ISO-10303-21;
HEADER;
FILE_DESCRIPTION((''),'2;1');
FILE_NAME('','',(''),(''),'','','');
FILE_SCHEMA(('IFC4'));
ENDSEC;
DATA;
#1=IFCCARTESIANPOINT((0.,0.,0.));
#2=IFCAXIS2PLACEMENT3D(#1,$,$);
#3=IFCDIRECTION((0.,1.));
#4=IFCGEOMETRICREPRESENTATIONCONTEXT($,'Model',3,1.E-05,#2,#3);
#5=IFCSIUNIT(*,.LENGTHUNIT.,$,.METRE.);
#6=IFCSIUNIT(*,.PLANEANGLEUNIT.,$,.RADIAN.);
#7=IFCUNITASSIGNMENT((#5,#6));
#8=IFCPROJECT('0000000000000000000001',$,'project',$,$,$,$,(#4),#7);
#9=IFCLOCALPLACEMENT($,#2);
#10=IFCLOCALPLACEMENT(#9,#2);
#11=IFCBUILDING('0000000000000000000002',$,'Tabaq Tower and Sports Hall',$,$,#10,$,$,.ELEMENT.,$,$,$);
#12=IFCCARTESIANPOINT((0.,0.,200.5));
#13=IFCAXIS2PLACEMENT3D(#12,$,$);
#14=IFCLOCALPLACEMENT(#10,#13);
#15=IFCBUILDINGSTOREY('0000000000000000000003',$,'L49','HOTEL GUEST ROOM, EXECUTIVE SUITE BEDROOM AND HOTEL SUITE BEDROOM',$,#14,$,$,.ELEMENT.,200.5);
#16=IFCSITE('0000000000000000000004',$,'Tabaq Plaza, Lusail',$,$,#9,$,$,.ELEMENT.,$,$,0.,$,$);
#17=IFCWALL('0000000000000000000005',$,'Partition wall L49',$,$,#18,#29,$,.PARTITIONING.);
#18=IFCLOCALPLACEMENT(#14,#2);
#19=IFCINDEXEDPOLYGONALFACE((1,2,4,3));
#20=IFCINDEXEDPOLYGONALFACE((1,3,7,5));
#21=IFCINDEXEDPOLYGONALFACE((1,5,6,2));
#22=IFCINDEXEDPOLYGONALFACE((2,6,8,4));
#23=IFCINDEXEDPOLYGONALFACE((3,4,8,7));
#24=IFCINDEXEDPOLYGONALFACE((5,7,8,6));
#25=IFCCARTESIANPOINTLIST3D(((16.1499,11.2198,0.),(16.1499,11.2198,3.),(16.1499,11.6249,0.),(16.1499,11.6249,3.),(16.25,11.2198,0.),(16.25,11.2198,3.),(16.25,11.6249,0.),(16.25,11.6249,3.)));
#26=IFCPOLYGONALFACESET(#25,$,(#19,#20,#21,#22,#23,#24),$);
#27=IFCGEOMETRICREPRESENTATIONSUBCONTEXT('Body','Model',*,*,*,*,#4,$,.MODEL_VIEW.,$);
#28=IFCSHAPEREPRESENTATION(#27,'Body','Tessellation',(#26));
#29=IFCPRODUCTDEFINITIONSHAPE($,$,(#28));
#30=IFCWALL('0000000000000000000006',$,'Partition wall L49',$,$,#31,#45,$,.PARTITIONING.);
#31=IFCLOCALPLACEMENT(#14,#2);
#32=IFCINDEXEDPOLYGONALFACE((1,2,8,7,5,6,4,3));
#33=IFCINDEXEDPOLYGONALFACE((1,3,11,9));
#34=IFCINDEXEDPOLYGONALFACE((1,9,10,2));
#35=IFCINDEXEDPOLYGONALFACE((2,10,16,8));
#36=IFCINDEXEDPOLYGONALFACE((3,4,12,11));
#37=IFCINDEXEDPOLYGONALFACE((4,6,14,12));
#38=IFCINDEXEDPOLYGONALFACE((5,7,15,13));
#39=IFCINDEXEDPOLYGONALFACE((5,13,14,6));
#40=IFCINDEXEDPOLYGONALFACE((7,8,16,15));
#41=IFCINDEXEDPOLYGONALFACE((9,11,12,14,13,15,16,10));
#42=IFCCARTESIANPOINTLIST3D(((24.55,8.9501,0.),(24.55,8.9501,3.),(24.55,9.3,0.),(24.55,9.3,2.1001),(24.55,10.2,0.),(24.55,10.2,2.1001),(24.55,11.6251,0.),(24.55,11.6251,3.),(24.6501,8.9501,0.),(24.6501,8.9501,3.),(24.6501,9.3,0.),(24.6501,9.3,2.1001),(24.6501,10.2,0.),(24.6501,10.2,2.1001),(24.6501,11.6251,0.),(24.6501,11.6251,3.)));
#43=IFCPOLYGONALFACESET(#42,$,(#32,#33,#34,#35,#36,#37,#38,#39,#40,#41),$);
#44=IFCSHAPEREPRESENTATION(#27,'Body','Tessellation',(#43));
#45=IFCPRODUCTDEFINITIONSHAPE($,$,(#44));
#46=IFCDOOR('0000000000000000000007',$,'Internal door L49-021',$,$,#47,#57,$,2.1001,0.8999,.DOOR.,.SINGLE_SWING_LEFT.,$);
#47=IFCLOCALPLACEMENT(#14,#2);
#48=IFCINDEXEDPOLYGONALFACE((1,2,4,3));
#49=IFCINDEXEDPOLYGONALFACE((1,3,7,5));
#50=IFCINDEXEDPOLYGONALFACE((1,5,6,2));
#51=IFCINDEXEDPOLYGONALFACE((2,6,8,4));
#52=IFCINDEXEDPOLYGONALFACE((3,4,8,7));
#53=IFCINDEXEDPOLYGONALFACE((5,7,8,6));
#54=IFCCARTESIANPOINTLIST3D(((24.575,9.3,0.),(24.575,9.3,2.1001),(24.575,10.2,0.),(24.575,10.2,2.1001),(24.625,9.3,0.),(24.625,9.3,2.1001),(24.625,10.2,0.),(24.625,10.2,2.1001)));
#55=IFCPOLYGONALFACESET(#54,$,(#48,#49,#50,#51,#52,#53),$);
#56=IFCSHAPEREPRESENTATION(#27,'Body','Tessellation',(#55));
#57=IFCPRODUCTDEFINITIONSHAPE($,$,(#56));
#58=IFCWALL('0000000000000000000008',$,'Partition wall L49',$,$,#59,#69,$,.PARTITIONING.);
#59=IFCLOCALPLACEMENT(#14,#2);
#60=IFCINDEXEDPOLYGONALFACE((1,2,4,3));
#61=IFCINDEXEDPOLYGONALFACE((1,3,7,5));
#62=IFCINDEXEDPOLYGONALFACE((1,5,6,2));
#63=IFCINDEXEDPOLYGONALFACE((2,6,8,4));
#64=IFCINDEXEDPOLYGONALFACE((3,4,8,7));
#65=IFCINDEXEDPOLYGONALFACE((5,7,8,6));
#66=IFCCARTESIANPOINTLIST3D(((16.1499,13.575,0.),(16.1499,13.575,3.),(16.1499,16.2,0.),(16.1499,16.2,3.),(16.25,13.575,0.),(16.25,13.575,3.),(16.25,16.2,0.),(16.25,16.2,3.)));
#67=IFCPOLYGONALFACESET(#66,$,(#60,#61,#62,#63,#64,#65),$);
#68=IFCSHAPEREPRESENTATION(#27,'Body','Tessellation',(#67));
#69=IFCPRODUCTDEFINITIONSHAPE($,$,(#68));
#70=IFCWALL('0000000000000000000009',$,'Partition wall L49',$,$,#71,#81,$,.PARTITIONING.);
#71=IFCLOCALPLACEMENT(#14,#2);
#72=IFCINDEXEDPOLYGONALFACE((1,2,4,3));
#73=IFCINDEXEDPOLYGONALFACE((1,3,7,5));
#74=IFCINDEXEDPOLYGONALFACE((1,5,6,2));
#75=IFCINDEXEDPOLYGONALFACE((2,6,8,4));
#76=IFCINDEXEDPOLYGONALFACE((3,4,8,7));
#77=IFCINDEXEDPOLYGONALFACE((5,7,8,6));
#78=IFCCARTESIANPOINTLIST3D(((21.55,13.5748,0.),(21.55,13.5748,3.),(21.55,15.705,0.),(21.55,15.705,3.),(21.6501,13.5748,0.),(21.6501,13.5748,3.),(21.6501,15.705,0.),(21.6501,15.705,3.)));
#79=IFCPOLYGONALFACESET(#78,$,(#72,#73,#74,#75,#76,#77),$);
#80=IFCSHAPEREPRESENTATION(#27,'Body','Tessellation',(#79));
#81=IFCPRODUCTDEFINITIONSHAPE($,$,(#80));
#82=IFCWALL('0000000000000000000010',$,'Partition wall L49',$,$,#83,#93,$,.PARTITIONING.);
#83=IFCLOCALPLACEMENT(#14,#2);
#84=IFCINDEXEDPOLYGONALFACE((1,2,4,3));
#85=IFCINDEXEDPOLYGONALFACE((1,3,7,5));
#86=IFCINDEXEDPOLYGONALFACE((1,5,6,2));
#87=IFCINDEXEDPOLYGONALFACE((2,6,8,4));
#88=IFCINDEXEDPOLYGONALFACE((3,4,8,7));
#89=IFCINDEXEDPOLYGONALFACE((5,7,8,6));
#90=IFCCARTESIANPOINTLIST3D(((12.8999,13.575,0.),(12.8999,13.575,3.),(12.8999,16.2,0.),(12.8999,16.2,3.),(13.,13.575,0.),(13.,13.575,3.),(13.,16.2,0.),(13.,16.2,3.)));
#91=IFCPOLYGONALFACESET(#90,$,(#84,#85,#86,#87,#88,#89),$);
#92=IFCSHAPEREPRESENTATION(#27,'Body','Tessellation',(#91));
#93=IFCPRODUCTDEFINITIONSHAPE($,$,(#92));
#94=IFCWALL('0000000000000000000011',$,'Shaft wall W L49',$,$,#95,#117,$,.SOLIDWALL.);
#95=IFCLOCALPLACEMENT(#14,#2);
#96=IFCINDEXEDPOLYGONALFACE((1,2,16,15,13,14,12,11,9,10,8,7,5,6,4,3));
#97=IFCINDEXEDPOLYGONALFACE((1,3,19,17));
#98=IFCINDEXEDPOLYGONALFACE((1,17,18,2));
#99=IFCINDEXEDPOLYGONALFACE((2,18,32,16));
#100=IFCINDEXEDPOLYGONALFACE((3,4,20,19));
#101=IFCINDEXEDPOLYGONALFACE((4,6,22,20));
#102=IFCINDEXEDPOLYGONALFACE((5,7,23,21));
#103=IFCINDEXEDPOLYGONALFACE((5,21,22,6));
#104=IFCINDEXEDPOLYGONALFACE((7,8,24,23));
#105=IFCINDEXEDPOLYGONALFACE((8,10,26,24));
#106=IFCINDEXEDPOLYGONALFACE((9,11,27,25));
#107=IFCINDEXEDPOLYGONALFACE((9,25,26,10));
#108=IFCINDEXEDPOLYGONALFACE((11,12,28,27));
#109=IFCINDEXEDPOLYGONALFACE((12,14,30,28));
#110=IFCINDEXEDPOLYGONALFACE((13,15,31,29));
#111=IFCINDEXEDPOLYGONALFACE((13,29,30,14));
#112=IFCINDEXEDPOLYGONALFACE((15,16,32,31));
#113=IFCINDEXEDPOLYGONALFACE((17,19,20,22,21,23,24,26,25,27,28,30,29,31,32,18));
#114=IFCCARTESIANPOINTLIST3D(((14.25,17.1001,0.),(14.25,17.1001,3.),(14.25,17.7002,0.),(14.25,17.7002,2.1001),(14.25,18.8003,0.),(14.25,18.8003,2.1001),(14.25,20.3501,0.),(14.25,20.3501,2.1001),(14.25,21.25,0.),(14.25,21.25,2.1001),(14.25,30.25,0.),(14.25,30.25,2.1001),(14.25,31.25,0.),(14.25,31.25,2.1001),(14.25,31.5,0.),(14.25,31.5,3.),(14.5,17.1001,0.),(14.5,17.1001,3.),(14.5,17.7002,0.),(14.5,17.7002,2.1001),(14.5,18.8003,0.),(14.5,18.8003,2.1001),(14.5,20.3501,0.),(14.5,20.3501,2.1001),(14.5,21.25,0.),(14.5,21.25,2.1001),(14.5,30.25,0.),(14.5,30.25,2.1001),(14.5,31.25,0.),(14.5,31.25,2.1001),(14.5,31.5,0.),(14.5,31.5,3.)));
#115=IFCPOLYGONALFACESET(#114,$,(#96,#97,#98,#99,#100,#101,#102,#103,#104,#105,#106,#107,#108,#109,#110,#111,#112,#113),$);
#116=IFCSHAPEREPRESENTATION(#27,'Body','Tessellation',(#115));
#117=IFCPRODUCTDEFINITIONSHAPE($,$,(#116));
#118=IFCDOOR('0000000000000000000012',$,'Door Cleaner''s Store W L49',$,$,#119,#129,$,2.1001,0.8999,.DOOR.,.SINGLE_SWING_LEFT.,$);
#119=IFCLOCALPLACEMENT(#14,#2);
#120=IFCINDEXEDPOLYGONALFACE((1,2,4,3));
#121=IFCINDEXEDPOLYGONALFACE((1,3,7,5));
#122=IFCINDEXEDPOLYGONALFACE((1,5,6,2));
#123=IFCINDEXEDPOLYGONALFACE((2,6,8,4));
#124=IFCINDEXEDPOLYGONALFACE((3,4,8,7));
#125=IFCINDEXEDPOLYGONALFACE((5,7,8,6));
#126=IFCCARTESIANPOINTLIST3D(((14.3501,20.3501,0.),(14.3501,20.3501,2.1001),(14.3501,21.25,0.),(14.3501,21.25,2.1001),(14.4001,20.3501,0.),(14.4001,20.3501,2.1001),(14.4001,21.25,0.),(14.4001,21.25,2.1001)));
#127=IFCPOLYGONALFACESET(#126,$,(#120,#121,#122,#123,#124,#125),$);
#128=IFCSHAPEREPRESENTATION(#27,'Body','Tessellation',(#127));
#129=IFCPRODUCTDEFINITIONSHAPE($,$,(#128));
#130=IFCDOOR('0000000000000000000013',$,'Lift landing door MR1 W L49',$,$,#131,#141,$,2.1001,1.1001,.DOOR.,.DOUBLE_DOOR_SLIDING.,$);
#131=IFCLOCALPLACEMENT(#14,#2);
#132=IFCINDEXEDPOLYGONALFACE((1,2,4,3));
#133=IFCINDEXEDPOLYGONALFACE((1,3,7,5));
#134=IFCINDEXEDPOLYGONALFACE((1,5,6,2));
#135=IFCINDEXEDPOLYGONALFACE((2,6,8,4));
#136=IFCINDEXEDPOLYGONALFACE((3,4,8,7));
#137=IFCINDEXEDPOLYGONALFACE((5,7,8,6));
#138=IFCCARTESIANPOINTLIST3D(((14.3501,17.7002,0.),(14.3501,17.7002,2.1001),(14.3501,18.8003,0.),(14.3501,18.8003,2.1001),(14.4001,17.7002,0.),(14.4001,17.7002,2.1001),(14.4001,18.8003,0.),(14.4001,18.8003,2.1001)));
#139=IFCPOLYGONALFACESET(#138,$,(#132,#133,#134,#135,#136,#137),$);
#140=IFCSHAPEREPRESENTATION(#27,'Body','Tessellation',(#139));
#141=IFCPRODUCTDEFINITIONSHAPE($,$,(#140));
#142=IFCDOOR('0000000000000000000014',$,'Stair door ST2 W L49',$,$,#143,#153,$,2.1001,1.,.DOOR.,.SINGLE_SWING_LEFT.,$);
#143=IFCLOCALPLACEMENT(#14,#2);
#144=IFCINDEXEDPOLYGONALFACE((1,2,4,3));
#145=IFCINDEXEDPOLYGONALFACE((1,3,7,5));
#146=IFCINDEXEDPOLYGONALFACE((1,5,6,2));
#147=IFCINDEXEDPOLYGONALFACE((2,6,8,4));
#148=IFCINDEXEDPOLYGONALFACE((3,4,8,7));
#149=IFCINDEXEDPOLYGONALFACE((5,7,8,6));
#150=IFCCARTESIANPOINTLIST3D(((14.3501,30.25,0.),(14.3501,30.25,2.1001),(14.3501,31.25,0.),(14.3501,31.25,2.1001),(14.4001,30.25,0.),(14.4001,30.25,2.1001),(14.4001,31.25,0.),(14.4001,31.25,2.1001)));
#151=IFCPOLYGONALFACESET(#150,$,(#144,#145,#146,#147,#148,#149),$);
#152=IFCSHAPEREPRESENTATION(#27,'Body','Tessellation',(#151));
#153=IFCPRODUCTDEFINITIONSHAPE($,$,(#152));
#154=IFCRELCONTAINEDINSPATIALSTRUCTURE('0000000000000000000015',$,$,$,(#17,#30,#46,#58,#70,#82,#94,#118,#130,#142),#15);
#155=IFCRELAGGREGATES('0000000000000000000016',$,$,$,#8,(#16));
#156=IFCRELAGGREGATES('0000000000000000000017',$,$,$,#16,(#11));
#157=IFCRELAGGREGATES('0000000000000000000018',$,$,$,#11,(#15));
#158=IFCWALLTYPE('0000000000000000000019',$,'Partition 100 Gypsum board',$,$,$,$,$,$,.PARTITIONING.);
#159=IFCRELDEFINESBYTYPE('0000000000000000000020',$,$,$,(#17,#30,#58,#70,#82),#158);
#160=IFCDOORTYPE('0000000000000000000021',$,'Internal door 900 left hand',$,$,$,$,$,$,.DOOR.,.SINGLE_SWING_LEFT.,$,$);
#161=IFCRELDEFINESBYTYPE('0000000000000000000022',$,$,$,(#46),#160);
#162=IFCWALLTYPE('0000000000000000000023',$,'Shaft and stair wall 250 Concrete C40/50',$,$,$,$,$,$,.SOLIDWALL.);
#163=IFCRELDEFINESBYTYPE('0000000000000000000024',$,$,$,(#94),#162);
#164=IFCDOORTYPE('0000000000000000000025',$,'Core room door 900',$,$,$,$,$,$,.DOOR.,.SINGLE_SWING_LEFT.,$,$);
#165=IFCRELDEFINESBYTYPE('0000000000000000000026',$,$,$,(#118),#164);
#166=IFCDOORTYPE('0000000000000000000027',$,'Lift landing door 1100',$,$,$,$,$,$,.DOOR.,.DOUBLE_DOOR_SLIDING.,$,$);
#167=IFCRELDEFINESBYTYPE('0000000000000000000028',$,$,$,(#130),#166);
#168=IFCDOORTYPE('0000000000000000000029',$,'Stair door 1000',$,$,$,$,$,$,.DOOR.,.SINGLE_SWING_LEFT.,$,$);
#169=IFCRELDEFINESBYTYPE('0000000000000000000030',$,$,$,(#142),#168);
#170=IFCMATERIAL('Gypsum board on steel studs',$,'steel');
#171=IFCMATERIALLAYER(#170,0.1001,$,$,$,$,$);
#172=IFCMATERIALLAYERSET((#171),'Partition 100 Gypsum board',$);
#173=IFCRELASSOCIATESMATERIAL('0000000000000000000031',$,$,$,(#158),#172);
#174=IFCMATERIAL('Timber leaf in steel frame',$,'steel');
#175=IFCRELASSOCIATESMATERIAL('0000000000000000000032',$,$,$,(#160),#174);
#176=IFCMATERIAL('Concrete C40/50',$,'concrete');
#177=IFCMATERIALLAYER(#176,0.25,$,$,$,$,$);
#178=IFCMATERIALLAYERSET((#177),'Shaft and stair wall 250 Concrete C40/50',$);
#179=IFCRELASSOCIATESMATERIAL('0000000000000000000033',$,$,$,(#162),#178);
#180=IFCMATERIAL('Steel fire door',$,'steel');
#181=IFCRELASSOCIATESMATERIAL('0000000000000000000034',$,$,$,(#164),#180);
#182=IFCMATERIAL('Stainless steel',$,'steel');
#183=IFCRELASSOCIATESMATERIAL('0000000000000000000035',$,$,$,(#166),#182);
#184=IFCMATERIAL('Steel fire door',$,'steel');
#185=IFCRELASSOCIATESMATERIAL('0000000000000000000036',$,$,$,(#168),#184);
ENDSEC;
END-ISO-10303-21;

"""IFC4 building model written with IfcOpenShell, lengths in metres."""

from ifc_helpers import new_model, si_unit, direction, frame, frame_2d, origin, place, context, subcontext, project, spatial, rectangle, extrude, material, layer, layer_set, type_object, element, fill, save


model = new_model("IFC4")

# Units and contexts
model_context = context("Model", 3, precision=1e-05, world=origin(), true_north=direction((0.0, 1.0)))
body_context = subcontext(model_context, "Body", "Model", "MODEL_VIEW")
ifc_project = project(units=[si_unit("LENGTHUNIT", "METRE"), si_unit("PLANEANGLEUNIT", "RADIAN")], contexts=[model_context])

# Site, building, storey
site_placement = place(None, origin())
site = spatial("IfcSite", under=ifc_project, at=site_placement, Name="Tabaq Plaza, Lusail", CompositionType="ELEMENT", RefElevation=0.0)
building_placement = place(site_placement, origin())
building = spatial("IfcBuilding", under=site, at=building_placement, Name="Tabaq Tower and Sports Hall", CompositionType="ELEMENT")
storey_placement = place(building_placement, frame((0.0, 0.0, 200.5)))
storey = spatial("IfcBuildingStorey", under=building, at=storey_placement, Name="L49", Description="HOTEL GUEST ROOM, EXECUTIVE SUITE BEDROOM AND HOTEL SUITE BEDROOM", CompositionType="ELEMENT", Elevation=200.5)

# Shared definitions
ifc_material_1 = material(Name="Gypsum board on steel studs", Category="steel")
ifc_layer_1 = layer(ifc_material_1, 0.1001)
ifc_layer_set_1 = layer_set([ifc_layer_1], Name="Partition 100 Gypsum board")
wall_type_1 = type_object("IfcWallType", Name="Partition 100 Gypsum board", PredefinedType="PARTITIONING", material=ifc_layer_set_1)

# Wall
wall_1_placement = place(storey_placement, frame((16.2, 11.625, 0.0), z_axis=(0.0, 0.0, 1.0), x_axis=(0.0, -1.0, 0.0)))
element("IfcWall", 1, at=wall_1_placement, inside=storey, type_object=wall_type_1, Name="Partition wall L49", PredefinedType="PARTITIONING", context=body_context, shape_type="SweptSolid", body=[
    extrude(rectangle(XDim=0.405, YDim=0.1001, at=frame_2d((0.2026, 0.0))), origin(), (0.0, 0.0, 1.0), 3.0),
])

# Wall, opening, door
wall_2_placement = place(storey_placement, frame((24.6001, 11.625, 0.0), z_axis=(0.0, 0.0, 1.0), x_axis=(0.0, -1.0, 0.0)))
wall_2 = element("IfcWall", 2, at=wall_2_placement, inside=storey, type_object=wall_type_1, Name="Partition wall L49", PredefinedType="PARTITIONING", context=body_context, shape_type="SweptSolid", body=[
    extrude(rectangle(XDim=2.675, YDim=0.1001, at=frame_2d((1.3374, 0.0))), origin(), (0.0, 0.0, 1.0), 3.0),
])
opening_1_placement = place(wall_2_placement, frame((1.425, 0.0, 0.0)))
opening_1 = element("IfcOpeningElement", 3, at=opening_1_placement, cuts=wall_2, PredefinedType="OPENING", context=body_context, shape_type="SweptSolid", body=[
    extrude(rectangle(XDim=0.8999, YDim=2.1001, at=frame_2d((0.45, 1.05))), frame((0.0, 0.05, 0.0), z_axis=(0.0, -1.0, 0.0), x_axis=(1.0, 0.0, 0.0)), (0.0, 0.0, 1.0), 0.1001),
])
ifc_material_2 = material(Name="Timber leaf in steel frame", Category="steel")
door_type_1 = type_object("IfcDoorType", Name="Internal door 900 left hand", OperationType="SINGLE_SWING_LEFT", PredefinedType="DOOR", material=ifc_material_2)
door_1_placement = place(opening_1_placement, origin())
door_1 = element("IfcDoor", 4, at=door_1_placement, inside=storey, type_object=door_type_1, Name="Internal door L49-021", OperationType="SINGLE_SWING_LEFT", OverallHeight=2.1001, OverallWidth=0.8999, PredefinedType="DOOR", context=body_context, shape_type="SweptSolid", body=[
    extrude(rectangle(XDim=0.8999, YDim=2.1001, at=frame_2d((0.45, 1.05))), frame((0.0, 0.0249, 0.0), z_axis=(0.0, -1.0, 0.0), x_axis=(1.0, 0.0, 0.0)), (0.0, 0.0, 1.0), 0.05),
])
fill(opening_1, door_1)

# Walls
wall_3_placement = place(storey_placement, frame((16.2, 16.2, 0.0), z_axis=(0.0, 0.0, 1.0), x_axis=(0.0, -1.0, 0.0)))
element("IfcWall", 5, at=wall_3_placement, inside=storey, type_object=wall_type_1, Name="Partition wall L49", PredefinedType="PARTITIONING", context=body_context, shape_type="SweptSolid", body=[
    extrude(rectangle(XDim=2.625, YDim=0.1001, at=frame_2d((1.3125, 0.0))), origin(), (0.0, 0.0, 1.0), 3.0),
])
wall_4_placement = place(storey_placement, frame((21.6001, 13.575, 0.0), z_axis=(0.0, 0.0, 1.0), x_axis=(0.0, 1.0, 0.0)))
element("IfcWall", 6, at=wall_4_placement, inside=storey, type_object=wall_type_1, Name="Partition wall L49", PredefinedType="PARTITIONING", context=body_context, shape_type="SweptSolid", body=[
    extrude(rectangle(XDim=2.1301, YDim=0.1001, at=frame_2d((1.0649, 0.0))), origin(), (0.0, 0.0, 1.0), 3.0),
])
wall_5_placement = place(storey_placement, frame((12.95, 13.575, 0.0), z_axis=(0.0, 0.0, 1.0), x_axis=(0.0, 1.0, 0.0)))
element("IfcWall", 7, at=wall_5_placement, inside=storey, type_object=wall_type_1, Name="Partition wall L49", PredefinedType="PARTITIONING", context=body_context, shape_type="SweptSolid", body=[
    extrude(rectangle(XDim=2.625, YDim=0.1001, at=frame_2d((1.3125, 0.0))), origin(), (0.0, 0.0, 1.0), 3.0),
])

# Wall, openings, doors
ifc_material_3 = material(Name="Concrete C40/50", Category="concrete")
ifc_layer_2 = layer(ifc_material_3, 0.25)
ifc_layer_set_2 = layer_set([ifc_layer_2], Name="Shaft and stair wall 250 Concrete C40/50")
wall_type_2 = type_object("IfcWallType", Name="Shaft and stair wall 250 Concrete C40/50", PredefinedType="SOLIDWALL", material=ifc_layer_set_2)
wall_6_placement = place(storey_placement, frame((14.375, 17.1001, 0.0), z_axis=(0.0, 0.0, 1.0), x_axis=(0.0, 1.0, 0.0)))
wall_6 = element("IfcWall", 8, at=wall_6_placement, inside=storey, type_object=wall_type_2, Name="Shaft wall W L49", PredefinedType="SOLIDWALL", context=body_context, shape_type="SweptSolid", body=[
    extrude(rectangle(XDim=14.3999, YDim=0.25, at=frame_2d((7.2, 0.0))), origin(), (0.0, 0.0, 1.0), 3.0),
])
opening_2_placement = place(wall_6_placement, frame((13.1499, 0.0, 0.0)))
opening_2 = element("IfcOpeningElement", 9, at=opening_2_placement, cuts=wall_6, PredefinedType="OPENING", context=body_context, shape_type="SweptSolid", body=[
    extrude(rectangle(XDim=1.0, YDim=2.1001, at=frame_2d((0.5, 1.05))), frame((0.0, 0.125, 0.0), z_axis=(0.0, -1.0, 0.0), x_axis=(1.0, 0.0, 0.0)), (0.0, 0.0, 1.0), 0.25),
])
opening_3_placement = place(wall_6_placement, frame((0.6001, 0.0, 0.0)))
opening_3 = element("IfcOpeningElement", 10, at=opening_3_placement, cuts=wall_6, PredefinedType="OPENING", context=body_context, shape_type="SweptSolid", body=[
    extrude(rectangle(XDim=1.1001, YDim=2.1001, at=frame_2d((0.55, 1.05))), frame((0.0, 0.125, 0.0), z_axis=(0.0, -1.0, 0.0), x_axis=(1.0, 0.0, 0.0)), (0.0, 0.0, 1.0), 0.25),
])
opening_4_placement = place(wall_6_placement, frame((3.25, 0.0, 0.0)))
opening_4 = element("IfcOpeningElement", 11, at=opening_4_placement, cuts=wall_6, PredefinedType="OPENING", context=body_context, shape_type="SweptSolid", body=[
    extrude(rectangle(XDim=0.8999, YDim=2.1001, at=frame_2d((0.45, 1.05))), frame((0.0, 0.125, 0.0), z_axis=(0.0, -1.0, 0.0), x_axis=(1.0, 0.0, 0.0)), (0.0, 0.0, 1.0), 0.25),
])
ifc_material_4 = material(Name="Steel fire door", Category="steel")
door_type_2 = type_object("IfcDoorType", Name="Core room door 900", OperationType="SINGLE_SWING_LEFT", PredefinedType="DOOR", material=ifc_material_4)
door_2_placement = place(opening_4_placement, origin())
door_2 = element("IfcDoor", 12, at=door_2_placement, inside=storey, type_object=door_type_2, Name="Door Cleaner's Store W L49", OperationType="SINGLE_SWING_LEFT", OverallHeight=2.1001, OverallWidth=0.8999, PredefinedType="DOOR", context=body_context, shape_type="SweptSolid", body=[
    extrude(rectangle(XDim=0.8999, YDim=2.1001, at=frame_2d((0.45, 1.05))), frame((0.0, 0.0249, 0.0), z_axis=(0.0, -1.0, 0.0), x_axis=(1.0, 0.0, 0.0)), (0.0, 0.0, 1.0), 0.05),
])
fill(opening_4, door_2)
ifc_material_5 = material(Name="Stainless steel", Category="steel")
door_type_3 = type_object("IfcDoorType", Name="Lift landing door 1100", OperationType="DOUBLE_DOOR_SLIDING", PredefinedType="DOOR", material=ifc_material_5)
door_3_placement = place(opening_3_placement, origin())
door_3 = element("IfcDoor", 13, at=door_3_placement, inside=storey, type_object=door_type_3, Name="Lift landing door MR1 W L49", OperationType="DOUBLE_DOOR_SLIDING", OverallHeight=2.1001, OverallWidth=1.1001, PredefinedType="DOOR", context=body_context, shape_type="SweptSolid", body=[
    extrude(rectangle(XDim=1.1001, YDim=2.1001, at=frame_2d((0.55, 1.05))), frame((0.0, 0.0249, 0.0), z_axis=(0.0, -1.0, 0.0), x_axis=(1.0, 0.0, 0.0)), (0.0, 0.0, 1.0), 0.05),
])
fill(opening_3, door_3)
ifc_material_6 = material(Name="Steel fire door", Category="steel")
door_type_4 = type_object("IfcDoorType", Name="Stair door 1000", OperationType="SINGLE_SWING_LEFT", PredefinedType="DOOR", material=ifc_material_6)
door_4_placement = place(opening_2_placement, origin())
door_4 = element("IfcDoor", 14, at=door_4_placement, inside=storey, type_object=door_type_4, Name="Stair door ST2 W L49", OperationType="SINGLE_SWING_LEFT", OverallHeight=2.1001, OverallWidth=1.0, PredefinedType="DOOR", context=body_context, shape_type="SweptSolid", body=[
    extrude(rectangle(XDim=1.0, YDim=2.1001, at=frame_2d((0.5, 1.05))), frame((0.0, 0.0249, 0.0), z_axis=(0.0, -1.0, 0.0), x_axis=(1.0, 0.0, 0.0)), (0.0, 0.0, 1.0), 0.05),
])
fill(opening_2, door_4)

save(model, "model.ifc")
